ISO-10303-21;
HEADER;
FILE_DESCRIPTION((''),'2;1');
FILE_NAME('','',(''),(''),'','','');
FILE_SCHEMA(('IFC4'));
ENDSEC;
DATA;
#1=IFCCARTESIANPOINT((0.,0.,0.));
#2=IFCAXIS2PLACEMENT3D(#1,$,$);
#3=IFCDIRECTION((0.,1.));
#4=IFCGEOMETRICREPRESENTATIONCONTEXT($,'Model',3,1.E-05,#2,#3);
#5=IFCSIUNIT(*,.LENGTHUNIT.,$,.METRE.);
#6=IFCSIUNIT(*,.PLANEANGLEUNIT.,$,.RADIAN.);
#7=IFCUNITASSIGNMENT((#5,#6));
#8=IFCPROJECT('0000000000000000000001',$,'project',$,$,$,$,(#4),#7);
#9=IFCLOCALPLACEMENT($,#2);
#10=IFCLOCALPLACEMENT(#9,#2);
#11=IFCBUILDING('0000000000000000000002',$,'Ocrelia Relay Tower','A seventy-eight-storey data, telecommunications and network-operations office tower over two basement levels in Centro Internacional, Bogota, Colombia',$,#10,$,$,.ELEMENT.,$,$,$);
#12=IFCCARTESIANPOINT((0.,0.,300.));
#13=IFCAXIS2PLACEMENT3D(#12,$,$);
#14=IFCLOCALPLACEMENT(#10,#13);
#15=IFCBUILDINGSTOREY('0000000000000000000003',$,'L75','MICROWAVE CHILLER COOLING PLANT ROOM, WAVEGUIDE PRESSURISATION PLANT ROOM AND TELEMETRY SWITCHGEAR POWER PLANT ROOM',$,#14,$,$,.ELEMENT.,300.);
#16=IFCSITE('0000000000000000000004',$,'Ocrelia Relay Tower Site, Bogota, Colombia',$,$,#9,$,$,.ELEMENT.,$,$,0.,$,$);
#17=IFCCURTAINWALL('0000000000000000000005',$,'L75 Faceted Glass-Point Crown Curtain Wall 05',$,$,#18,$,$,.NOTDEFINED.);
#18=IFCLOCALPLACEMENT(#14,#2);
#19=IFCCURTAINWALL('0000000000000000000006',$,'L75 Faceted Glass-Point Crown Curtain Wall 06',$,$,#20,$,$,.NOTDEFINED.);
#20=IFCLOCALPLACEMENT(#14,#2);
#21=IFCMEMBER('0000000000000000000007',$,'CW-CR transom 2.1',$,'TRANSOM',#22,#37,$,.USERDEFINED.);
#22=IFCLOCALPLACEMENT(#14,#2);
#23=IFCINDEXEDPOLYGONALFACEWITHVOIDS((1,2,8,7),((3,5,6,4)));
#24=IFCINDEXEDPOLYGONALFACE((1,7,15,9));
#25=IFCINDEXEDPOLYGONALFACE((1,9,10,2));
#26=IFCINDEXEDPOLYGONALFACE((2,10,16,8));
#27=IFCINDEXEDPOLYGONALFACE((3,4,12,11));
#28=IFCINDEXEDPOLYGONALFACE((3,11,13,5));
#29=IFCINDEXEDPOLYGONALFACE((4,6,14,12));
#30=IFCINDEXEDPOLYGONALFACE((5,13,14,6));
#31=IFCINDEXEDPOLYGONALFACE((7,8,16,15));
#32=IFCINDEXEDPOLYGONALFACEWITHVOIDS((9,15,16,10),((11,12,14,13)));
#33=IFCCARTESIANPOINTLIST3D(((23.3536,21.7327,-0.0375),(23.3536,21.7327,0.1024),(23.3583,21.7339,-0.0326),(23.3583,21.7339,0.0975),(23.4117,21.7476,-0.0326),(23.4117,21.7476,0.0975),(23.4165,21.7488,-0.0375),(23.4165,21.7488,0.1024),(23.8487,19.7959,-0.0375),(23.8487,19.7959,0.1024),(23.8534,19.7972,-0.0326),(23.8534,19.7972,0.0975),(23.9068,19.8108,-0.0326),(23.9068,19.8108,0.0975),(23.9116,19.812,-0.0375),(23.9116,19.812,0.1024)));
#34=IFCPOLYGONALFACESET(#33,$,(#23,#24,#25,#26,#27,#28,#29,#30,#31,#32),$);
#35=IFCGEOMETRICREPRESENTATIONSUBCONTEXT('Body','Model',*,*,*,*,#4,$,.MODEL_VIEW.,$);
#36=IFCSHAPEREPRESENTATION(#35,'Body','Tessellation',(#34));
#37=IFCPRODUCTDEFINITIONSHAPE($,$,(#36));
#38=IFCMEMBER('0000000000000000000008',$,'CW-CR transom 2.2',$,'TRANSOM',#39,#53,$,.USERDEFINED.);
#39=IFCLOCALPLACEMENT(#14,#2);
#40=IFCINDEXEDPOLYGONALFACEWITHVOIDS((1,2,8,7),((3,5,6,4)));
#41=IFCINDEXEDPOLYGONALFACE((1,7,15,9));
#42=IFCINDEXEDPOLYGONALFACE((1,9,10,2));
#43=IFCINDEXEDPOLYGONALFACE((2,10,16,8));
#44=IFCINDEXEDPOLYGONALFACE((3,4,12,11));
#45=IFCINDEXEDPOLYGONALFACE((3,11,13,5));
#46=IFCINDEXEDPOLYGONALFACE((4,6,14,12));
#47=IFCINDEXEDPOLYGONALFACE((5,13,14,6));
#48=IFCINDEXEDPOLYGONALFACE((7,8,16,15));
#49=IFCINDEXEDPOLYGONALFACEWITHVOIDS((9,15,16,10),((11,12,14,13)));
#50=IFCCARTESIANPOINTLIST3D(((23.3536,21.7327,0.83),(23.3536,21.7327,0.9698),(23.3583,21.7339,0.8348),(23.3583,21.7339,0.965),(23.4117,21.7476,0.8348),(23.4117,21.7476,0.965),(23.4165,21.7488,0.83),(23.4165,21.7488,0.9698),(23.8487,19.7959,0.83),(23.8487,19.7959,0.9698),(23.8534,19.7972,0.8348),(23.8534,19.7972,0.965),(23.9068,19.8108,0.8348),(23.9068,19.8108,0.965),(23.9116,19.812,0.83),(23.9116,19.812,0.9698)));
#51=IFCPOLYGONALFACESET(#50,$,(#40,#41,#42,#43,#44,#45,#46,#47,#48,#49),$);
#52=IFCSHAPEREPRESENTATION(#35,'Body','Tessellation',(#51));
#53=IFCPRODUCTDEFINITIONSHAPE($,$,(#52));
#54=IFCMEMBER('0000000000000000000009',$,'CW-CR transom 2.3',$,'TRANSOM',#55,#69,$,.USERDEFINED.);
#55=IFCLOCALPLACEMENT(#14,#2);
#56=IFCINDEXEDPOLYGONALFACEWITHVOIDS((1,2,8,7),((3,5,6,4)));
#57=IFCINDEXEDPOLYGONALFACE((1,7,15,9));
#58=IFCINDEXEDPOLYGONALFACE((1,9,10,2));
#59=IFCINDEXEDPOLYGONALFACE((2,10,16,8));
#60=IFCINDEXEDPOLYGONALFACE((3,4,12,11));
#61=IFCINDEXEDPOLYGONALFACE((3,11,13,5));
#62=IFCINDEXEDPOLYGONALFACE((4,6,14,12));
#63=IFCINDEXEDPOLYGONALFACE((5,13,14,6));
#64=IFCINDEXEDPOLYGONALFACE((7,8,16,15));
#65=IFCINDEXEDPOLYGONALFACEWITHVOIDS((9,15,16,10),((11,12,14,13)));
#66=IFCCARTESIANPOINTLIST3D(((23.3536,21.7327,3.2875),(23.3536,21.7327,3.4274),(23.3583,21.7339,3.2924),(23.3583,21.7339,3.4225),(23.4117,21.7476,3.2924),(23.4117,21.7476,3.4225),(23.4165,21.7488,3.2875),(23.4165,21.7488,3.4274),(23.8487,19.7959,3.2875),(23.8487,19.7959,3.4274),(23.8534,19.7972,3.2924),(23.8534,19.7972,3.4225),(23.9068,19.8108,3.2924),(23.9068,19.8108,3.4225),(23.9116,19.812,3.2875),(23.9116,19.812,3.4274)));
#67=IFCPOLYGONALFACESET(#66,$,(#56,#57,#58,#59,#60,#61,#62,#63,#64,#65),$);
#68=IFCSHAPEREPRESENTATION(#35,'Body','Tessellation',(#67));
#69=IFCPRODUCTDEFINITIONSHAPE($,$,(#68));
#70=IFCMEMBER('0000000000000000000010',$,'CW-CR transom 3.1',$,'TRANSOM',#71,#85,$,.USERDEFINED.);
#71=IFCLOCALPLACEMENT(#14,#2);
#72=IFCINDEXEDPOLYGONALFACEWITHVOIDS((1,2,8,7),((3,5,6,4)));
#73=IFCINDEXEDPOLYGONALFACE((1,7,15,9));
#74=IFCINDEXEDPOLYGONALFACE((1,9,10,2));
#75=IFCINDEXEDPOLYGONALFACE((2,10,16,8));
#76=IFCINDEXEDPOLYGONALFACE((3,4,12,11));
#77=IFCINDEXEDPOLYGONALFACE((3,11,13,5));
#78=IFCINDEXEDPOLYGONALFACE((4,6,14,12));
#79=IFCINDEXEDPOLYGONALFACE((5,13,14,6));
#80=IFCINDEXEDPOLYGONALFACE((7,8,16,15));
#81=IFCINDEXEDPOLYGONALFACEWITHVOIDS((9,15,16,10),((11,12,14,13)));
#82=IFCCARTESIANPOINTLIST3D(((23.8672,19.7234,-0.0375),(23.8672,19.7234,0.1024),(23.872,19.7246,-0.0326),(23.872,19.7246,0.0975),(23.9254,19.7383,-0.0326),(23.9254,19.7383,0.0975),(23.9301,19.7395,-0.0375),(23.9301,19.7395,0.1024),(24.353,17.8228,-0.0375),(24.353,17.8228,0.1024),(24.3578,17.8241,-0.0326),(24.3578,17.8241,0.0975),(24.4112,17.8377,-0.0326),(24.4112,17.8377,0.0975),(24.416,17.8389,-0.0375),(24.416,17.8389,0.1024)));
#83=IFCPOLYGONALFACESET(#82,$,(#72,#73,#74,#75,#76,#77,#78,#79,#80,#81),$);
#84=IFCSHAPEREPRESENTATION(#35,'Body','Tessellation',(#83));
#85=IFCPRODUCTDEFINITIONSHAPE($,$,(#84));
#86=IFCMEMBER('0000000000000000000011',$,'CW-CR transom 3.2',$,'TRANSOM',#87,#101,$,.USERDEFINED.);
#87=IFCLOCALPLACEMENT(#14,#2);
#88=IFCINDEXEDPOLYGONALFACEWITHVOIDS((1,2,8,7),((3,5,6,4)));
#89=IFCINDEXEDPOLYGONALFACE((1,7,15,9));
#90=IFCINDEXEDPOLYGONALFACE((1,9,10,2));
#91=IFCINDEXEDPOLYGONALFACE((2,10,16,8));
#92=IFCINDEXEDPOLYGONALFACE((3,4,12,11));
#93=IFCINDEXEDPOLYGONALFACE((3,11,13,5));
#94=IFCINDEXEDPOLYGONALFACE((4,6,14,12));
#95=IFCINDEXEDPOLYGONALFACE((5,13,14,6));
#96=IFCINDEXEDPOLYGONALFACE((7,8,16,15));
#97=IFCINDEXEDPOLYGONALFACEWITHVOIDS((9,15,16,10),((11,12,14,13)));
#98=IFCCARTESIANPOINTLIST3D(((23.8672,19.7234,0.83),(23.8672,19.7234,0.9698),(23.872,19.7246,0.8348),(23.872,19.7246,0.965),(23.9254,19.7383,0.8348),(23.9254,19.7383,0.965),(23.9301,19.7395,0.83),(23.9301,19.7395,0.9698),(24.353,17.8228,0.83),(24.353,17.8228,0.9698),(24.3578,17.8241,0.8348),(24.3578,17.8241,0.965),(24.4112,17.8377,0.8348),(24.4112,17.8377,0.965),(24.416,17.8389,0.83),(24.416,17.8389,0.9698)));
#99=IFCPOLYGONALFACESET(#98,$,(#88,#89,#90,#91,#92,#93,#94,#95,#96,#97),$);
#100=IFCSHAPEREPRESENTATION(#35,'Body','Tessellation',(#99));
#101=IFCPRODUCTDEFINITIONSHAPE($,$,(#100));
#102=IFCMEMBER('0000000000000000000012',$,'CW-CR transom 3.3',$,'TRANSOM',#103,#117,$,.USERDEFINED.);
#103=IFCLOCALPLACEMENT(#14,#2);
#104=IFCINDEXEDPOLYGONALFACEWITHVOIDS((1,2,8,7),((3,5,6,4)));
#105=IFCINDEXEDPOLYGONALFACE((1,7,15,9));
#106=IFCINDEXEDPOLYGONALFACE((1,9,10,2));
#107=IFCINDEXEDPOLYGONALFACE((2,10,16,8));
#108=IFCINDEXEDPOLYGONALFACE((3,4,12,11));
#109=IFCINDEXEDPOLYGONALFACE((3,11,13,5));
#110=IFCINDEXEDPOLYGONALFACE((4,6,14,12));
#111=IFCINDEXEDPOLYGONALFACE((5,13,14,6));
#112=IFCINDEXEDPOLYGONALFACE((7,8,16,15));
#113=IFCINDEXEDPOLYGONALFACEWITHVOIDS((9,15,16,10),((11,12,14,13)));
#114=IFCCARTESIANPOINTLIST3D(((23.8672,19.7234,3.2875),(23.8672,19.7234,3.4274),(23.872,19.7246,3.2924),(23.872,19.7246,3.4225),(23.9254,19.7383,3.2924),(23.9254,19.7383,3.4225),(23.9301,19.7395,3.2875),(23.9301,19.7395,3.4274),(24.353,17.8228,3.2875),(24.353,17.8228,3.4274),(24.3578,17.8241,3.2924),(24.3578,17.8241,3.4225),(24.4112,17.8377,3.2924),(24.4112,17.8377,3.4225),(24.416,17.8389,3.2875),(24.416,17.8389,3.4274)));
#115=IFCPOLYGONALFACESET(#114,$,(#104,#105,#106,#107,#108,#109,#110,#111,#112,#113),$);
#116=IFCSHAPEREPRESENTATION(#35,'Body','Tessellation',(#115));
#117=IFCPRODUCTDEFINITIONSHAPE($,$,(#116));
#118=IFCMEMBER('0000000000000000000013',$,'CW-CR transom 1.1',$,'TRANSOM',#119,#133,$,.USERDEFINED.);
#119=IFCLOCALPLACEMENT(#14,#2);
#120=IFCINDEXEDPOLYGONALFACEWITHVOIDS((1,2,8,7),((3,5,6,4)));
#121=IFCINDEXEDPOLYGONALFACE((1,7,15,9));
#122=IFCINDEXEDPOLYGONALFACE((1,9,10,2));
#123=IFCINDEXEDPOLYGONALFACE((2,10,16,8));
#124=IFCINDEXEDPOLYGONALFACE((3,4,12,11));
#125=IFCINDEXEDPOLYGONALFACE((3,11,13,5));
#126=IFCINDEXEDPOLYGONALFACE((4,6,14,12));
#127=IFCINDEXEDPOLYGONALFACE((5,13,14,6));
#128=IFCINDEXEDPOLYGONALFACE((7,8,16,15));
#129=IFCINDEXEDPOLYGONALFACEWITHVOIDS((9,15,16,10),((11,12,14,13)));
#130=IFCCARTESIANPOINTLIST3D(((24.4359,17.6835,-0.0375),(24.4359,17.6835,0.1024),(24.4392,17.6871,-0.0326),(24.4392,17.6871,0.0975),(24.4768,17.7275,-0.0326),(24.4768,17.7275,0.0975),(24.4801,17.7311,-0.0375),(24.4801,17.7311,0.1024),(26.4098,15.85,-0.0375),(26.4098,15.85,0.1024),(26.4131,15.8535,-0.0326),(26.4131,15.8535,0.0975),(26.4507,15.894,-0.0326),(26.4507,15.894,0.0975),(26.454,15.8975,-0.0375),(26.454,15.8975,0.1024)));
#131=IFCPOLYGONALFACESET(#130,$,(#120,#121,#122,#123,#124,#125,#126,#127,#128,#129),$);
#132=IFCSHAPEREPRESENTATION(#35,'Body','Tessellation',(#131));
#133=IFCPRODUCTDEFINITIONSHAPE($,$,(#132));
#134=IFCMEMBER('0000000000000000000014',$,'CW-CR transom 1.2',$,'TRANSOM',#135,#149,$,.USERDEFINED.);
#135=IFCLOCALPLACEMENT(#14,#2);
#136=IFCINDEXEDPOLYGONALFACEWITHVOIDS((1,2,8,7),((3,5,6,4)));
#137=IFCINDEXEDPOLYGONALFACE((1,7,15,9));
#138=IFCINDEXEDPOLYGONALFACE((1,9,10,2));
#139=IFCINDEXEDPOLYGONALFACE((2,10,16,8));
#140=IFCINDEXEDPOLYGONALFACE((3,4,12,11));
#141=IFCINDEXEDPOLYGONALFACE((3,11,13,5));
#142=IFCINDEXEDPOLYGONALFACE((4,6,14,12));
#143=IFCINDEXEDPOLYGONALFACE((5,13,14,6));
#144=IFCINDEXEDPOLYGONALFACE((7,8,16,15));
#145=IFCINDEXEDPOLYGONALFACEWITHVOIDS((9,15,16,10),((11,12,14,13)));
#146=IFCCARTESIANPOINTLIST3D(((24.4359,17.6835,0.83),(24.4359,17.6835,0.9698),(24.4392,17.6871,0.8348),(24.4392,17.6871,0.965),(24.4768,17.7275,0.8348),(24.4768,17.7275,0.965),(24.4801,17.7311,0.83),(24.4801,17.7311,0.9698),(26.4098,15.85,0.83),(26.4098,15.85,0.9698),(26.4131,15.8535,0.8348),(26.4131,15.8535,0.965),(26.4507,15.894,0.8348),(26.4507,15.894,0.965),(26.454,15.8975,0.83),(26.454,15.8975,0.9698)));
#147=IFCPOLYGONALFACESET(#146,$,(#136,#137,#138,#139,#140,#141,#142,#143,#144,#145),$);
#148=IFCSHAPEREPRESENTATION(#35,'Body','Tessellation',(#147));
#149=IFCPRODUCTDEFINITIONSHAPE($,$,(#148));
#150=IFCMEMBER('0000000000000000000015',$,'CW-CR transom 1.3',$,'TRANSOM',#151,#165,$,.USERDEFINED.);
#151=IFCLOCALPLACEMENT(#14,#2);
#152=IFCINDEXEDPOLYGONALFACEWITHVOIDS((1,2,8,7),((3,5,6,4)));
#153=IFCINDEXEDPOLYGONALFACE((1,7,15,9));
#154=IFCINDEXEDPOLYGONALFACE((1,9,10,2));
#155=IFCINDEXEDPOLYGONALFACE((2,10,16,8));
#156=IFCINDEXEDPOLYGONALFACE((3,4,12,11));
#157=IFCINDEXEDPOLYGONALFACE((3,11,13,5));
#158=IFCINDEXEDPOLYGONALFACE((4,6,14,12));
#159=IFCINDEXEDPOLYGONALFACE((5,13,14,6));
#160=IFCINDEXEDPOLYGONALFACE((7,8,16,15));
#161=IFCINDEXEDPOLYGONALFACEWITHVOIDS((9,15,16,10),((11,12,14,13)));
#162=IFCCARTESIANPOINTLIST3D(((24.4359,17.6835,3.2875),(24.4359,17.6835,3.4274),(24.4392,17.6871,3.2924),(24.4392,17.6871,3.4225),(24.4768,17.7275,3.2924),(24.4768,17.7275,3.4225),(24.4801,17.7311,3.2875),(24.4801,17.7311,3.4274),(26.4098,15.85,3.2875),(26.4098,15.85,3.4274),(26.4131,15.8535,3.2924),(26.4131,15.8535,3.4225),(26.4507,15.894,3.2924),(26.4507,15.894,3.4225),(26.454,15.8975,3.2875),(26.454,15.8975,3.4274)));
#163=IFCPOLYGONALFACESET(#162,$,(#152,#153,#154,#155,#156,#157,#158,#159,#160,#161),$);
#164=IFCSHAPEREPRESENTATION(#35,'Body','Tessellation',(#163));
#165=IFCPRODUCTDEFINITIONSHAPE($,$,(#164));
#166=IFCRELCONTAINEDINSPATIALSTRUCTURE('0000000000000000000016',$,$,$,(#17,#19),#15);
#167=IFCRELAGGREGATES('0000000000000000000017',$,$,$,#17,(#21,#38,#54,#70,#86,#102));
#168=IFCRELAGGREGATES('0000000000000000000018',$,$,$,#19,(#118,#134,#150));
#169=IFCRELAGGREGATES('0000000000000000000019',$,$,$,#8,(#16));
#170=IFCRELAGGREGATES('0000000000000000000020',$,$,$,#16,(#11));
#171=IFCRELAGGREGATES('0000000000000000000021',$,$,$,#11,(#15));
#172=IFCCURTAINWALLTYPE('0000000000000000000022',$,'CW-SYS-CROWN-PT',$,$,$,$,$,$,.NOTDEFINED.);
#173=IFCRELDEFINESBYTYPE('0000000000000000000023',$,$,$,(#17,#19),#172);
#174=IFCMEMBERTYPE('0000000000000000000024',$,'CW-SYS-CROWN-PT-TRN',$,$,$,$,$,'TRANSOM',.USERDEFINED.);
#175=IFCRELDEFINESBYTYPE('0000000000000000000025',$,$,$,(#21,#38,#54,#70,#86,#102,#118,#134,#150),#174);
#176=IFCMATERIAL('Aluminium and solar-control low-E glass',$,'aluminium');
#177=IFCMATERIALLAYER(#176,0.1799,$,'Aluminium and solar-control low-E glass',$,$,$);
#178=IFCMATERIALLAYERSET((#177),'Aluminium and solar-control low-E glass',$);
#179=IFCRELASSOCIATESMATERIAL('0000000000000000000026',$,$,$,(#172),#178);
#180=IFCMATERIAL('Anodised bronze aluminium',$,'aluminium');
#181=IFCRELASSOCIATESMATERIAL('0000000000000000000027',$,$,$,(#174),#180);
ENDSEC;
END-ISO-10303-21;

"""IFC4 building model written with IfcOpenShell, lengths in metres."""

from ifc_helpers import new_model, si_unit, direction, frame, origin, origin_2d, place, context, subcontext, project, spatial, hollow_rectangle, extrude, material, layer, layer_set, material_profile, profile_set, type_object, element, aggregate, save


model = new_model("IFC4")

# Units and contexts
model_context = context("Model", 3, precision=1e-05, world=origin(), true_north=direction((0.0, 1.0)))
body_context = subcontext(model_context, "Body", "Model", "MODEL_VIEW")
ifc_project = project(units=[si_unit("LENGTHUNIT", "METRE"), si_unit("PLANEANGLEUNIT", "RADIAN")], contexts=[model_context])

# Site, building, storey
site_placement = place(None, origin())
site = spatial("IfcSite", under=ifc_project, at=site_placement, Name="Ocrelia Relay Tower Site, Bogota, Colombia", CompositionType="ELEMENT", RefElevation=0.0)
building_placement = place(site_placement, origin())
building = spatial("IfcBuilding", under=site, at=building_placement, Name="Ocrelia Relay Tower", Description="A seventy-eight-storey data, telecommunications and network-operations office tower over two basement levels in Centro Internacional, Bogota, Colombia", CompositionType="ELEMENT")
storey_placement = place(building_placement, frame((0.0, 0.0, 300.0)))
storey = spatial("IfcBuildingStorey", under=building, at=storey_placement, Name="L75", Description="MICROWAVE CHILLER COOLING PLANT ROOM, WAVEGUIDE PRESSURISATION PLANT ROOM AND TELEMETRY SWITCHGEAR POWER PLANT ROOM", CompositionType="ELEMENT", Elevation=300.0)

# Curtain wall
ifc_material_1 = material(Name="Aluminium and solar-control low-E glass", Category="aluminium")
ifc_layer_1 = layer(ifc_material_1, 0.1799, Name="Aluminium and solar-control low-E glass")
ifc_layer_set_1 = layer_set([ifc_layer_1], Name="Aluminium and solar-control low-E glass")
curtain_wall_type = type_object("IfcCurtainWallType", Name="CW-SYS-CROWN-PT", PredefinedType="NOTDEFINED", material=ifc_layer_set_1)
curtain_wall_1_placement = place(storey_placement, origin())
curtain_wall_1 = element("IfcCurtainWall", 1, at=curtain_wall_1_placement, inside=storey, type_object=curtain_wall_type, Name="L75 Faceted Glass-Point Crown Curtain Wall 05", PredefinedType="NOTDEFINED")
ifc_material_2 = material(Name="Anodised bronze aluminium", Category="aluminium")

# Curtain wall
curtain_wall_2_placement = place(storey_placement, origin())
curtain_wall_2 = element("IfcCurtainWall", 2, at=curtain_wall_2_placement, inside=storey, type_object=curtain_wall_type, Name="L75 Faceted Glass-Point Crown Curtain Wall 06", PredefinedType="NOTDEFINED")

# Members
ifc_material_profile_1 = material_profile(ifc_material_2, hollow_rectangle(XDim=0.0649, YDim=0.1399, WallThickness=0.0049, at=origin_2d()), Name="CW-TRN-140x65")
ifc_profile_set_1 = profile_set([ifc_material_profile_1], Name="Anodised bronze aluminium")
member_type_1 = type_object("IfcMemberType", Name="CW-SYS-CROWN-PT-TRN", ElementType="TRANSOM", PredefinedType="USERDEFINED", material=ifc_profile_set_1)
member_1_placement = place(storey_placement, frame((23.385, 21.7407, 0.0325), z_axis=(0.247676, -0.968843, 0.0), x_axis=(0.968843, 0.247676, 0.0)))
member_1 = element("IfcMember", 3, at=member_1_placement, type_object=member_type_1, Name="CW-CR transom 2.1", ObjectType="TRANSOM", PredefinedType="USERDEFINED", context=body_context, shape_type="SweptSolid", body=[
    extrude(hollow_rectangle(XDim=0.0649, YDim=0.1399, WallThickness=0.0049, at=origin_2d()), origin(), (0.0, 0.0, 1.0), 1.999),
])
member_2_placement = place(storey_placement, frame((23.385, 21.7407, 0.8999), z_axis=(0.247676, -0.968843, 0.0), x_axis=(0.968843, 0.247676, 0.0)))
member_2 = element("IfcMember", 4, at=member_2_placement, type_object=member_type_1, Name="CW-CR transom 2.2", ObjectType="TRANSOM", PredefinedType="USERDEFINED", context=body_context, shape_type="SweptSolid", body=[
    extrude(hollow_rectangle(XDim=0.0649, YDim=0.1399, WallThickness=0.0049, at=origin_2d()), origin(), (0.0, 0.0, 1.0), 1.999),
])
member_3_placement = place(storey_placement, frame((23.385, 21.7407, 3.3574), z_axis=(0.247676, -0.968843, 0.0), x_axis=(0.968843, 0.247676, 0.0)))
member_3 = element("IfcMember", 5, at=member_3_placement, type_object=member_type_1, Name="CW-CR transom 2.3", ObjectType="TRANSOM", PredefinedType="USERDEFINED", context=body_context, shape_type="SweptSolid", body=[
    extrude(hollow_rectangle(XDim=0.0649, YDim=0.1399, WallThickness=0.0049, at=origin_2d()), origin(), (0.0, 0.0, 1.0), 1.999),
])
member_4_placement = place(storey_placement, frame((23.8987, 19.7314, 0.0325), z_axis=(0.247657, -0.968848, 0.0), x_axis=(0.968848, 0.247657, 0.0)))
member_4 = element("IfcMember", 6, at=member_4_placement, type_object=member_type_1, Name="CW-CR transom 3.1", ObjectType="TRANSOM", PredefinedType="USERDEFINED", context=body_context, shape_type="SweptSolid", body=[
    extrude(hollow_rectangle(XDim=0.0649, YDim=0.1399, WallThickness=0.0049, at=origin_2d()), origin(), (0.0, 0.0, 1.0), 1.9617),
])
member_5_placement = place(storey_placement, frame((23.8987, 19.7314, 0.8999), z_axis=(0.247657, -0.968848, 0.0), x_axis=(0.968848, 0.247657, 0.0)))
member_5 = element("IfcMember", 7, at=member_5_placement, type_object=member_type_1, Name="CW-CR transom 3.2", ObjectType="TRANSOM", PredefinedType="USERDEFINED", context=body_context, shape_type="SweptSolid", body=[
    extrude(hollow_rectangle(XDim=0.0649, YDim=0.1399, WallThickness=0.0049, at=origin_2d()), origin(), (0.0, 0.0, 1.0), 1.9617),
])
member_6_placement = place(storey_placement, frame((23.8987, 19.7314, 3.3574), z_axis=(0.247657, -0.968848, 0.0), x_axis=(0.968848, 0.247657, 0.0)))
member_6 = element("IfcMember", 8, at=member_6_placement, type_object=member_type_1, Name="CW-CR transom 3.3", ObjectType="TRANSOM", PredefinedType="USERDEFINED", context=body_context, shape_type="SweptSolid", body=[
    extrude(hollow_rectangle(XDim=0.0649, YDim=0.1399, WallThickness=0.0049, at=origin_2d()), origin(), (0.0, 0.0, 1.0), 1.9617),
])
member_7_placement = place(storey_placement, frame((24.458, 17.7073, 0.0325), z_axis=(0.732681, -0.680573, 0.0), x_axis=(0.680573, 0.732681, 0.0)))
member_7 = element("IfcMember", 9, at=member_7_placement, type_object=member_type_1, Name="CW-CR transom 1.1", ObjectType="TRANSOM", PredefinedType="USERDEFINED", context=body_context, shape_type="SweptSolid", body=[
    extrude(hollow_rectangle(XDim=0.0649, YDim=0.1399, WallThickness=0.0049, at=origin_2d()), origin(), (0.0, 0.0, 1.0), 2.6941),
])
member_8_placement = place(storey_placement, frame((24.458, 17.7073, 0.8999), z_axis=(0.732681, -0.680573, 0.0), x_axis=(0.680573, 0.732681, 0.0)))
member_8 = element("IfcMember", 10, at=member_8_placement, type_object=member_type_1, Name="CW-CR transom 1.2", ObjectType="TRANSOM", PredefinedType="USERDEFINED", context=body_context, shape_type="SweptSolid", body=[
    extrude(hollow_rectangle(XDim=0.0649, YDim=0.1399, WallThickness=0.0049, at=origin_2d()), origin(), (0.0, 0.0, 1.0), 2.6941),
])
member_9_placement = place(storey_placement, frame((24.458, 17.7073, 3.3574), z_axis=(0.732681, -0.680573, 0.0), x_axis=(0.680573, 0.732681, 0.0)))
member_9 = element("IfcMember", 11, at=member_9_placement, type_object=member_type_1, Name="CW-CR transom 1.3", ObjectType="TRANSOM", PredefinedType="USERDEFINED", context=body_context, shape_type="SweptSolid", body=[
    extrude(hollow_rectangle(XDim=0.0649, YDim=0.1399, WallThickness=0.0049, at=origin_2d()), origin(), (0.0, 0.0, 1.0), 2.6941),
])

aggregate(curtain_wall_1, [member_1, member_2, member_3, member_4, member_5, member_6])
aggregate(curtain_wall_2, [member_7, member_8, member_9])

save(model, "model.ifc")
